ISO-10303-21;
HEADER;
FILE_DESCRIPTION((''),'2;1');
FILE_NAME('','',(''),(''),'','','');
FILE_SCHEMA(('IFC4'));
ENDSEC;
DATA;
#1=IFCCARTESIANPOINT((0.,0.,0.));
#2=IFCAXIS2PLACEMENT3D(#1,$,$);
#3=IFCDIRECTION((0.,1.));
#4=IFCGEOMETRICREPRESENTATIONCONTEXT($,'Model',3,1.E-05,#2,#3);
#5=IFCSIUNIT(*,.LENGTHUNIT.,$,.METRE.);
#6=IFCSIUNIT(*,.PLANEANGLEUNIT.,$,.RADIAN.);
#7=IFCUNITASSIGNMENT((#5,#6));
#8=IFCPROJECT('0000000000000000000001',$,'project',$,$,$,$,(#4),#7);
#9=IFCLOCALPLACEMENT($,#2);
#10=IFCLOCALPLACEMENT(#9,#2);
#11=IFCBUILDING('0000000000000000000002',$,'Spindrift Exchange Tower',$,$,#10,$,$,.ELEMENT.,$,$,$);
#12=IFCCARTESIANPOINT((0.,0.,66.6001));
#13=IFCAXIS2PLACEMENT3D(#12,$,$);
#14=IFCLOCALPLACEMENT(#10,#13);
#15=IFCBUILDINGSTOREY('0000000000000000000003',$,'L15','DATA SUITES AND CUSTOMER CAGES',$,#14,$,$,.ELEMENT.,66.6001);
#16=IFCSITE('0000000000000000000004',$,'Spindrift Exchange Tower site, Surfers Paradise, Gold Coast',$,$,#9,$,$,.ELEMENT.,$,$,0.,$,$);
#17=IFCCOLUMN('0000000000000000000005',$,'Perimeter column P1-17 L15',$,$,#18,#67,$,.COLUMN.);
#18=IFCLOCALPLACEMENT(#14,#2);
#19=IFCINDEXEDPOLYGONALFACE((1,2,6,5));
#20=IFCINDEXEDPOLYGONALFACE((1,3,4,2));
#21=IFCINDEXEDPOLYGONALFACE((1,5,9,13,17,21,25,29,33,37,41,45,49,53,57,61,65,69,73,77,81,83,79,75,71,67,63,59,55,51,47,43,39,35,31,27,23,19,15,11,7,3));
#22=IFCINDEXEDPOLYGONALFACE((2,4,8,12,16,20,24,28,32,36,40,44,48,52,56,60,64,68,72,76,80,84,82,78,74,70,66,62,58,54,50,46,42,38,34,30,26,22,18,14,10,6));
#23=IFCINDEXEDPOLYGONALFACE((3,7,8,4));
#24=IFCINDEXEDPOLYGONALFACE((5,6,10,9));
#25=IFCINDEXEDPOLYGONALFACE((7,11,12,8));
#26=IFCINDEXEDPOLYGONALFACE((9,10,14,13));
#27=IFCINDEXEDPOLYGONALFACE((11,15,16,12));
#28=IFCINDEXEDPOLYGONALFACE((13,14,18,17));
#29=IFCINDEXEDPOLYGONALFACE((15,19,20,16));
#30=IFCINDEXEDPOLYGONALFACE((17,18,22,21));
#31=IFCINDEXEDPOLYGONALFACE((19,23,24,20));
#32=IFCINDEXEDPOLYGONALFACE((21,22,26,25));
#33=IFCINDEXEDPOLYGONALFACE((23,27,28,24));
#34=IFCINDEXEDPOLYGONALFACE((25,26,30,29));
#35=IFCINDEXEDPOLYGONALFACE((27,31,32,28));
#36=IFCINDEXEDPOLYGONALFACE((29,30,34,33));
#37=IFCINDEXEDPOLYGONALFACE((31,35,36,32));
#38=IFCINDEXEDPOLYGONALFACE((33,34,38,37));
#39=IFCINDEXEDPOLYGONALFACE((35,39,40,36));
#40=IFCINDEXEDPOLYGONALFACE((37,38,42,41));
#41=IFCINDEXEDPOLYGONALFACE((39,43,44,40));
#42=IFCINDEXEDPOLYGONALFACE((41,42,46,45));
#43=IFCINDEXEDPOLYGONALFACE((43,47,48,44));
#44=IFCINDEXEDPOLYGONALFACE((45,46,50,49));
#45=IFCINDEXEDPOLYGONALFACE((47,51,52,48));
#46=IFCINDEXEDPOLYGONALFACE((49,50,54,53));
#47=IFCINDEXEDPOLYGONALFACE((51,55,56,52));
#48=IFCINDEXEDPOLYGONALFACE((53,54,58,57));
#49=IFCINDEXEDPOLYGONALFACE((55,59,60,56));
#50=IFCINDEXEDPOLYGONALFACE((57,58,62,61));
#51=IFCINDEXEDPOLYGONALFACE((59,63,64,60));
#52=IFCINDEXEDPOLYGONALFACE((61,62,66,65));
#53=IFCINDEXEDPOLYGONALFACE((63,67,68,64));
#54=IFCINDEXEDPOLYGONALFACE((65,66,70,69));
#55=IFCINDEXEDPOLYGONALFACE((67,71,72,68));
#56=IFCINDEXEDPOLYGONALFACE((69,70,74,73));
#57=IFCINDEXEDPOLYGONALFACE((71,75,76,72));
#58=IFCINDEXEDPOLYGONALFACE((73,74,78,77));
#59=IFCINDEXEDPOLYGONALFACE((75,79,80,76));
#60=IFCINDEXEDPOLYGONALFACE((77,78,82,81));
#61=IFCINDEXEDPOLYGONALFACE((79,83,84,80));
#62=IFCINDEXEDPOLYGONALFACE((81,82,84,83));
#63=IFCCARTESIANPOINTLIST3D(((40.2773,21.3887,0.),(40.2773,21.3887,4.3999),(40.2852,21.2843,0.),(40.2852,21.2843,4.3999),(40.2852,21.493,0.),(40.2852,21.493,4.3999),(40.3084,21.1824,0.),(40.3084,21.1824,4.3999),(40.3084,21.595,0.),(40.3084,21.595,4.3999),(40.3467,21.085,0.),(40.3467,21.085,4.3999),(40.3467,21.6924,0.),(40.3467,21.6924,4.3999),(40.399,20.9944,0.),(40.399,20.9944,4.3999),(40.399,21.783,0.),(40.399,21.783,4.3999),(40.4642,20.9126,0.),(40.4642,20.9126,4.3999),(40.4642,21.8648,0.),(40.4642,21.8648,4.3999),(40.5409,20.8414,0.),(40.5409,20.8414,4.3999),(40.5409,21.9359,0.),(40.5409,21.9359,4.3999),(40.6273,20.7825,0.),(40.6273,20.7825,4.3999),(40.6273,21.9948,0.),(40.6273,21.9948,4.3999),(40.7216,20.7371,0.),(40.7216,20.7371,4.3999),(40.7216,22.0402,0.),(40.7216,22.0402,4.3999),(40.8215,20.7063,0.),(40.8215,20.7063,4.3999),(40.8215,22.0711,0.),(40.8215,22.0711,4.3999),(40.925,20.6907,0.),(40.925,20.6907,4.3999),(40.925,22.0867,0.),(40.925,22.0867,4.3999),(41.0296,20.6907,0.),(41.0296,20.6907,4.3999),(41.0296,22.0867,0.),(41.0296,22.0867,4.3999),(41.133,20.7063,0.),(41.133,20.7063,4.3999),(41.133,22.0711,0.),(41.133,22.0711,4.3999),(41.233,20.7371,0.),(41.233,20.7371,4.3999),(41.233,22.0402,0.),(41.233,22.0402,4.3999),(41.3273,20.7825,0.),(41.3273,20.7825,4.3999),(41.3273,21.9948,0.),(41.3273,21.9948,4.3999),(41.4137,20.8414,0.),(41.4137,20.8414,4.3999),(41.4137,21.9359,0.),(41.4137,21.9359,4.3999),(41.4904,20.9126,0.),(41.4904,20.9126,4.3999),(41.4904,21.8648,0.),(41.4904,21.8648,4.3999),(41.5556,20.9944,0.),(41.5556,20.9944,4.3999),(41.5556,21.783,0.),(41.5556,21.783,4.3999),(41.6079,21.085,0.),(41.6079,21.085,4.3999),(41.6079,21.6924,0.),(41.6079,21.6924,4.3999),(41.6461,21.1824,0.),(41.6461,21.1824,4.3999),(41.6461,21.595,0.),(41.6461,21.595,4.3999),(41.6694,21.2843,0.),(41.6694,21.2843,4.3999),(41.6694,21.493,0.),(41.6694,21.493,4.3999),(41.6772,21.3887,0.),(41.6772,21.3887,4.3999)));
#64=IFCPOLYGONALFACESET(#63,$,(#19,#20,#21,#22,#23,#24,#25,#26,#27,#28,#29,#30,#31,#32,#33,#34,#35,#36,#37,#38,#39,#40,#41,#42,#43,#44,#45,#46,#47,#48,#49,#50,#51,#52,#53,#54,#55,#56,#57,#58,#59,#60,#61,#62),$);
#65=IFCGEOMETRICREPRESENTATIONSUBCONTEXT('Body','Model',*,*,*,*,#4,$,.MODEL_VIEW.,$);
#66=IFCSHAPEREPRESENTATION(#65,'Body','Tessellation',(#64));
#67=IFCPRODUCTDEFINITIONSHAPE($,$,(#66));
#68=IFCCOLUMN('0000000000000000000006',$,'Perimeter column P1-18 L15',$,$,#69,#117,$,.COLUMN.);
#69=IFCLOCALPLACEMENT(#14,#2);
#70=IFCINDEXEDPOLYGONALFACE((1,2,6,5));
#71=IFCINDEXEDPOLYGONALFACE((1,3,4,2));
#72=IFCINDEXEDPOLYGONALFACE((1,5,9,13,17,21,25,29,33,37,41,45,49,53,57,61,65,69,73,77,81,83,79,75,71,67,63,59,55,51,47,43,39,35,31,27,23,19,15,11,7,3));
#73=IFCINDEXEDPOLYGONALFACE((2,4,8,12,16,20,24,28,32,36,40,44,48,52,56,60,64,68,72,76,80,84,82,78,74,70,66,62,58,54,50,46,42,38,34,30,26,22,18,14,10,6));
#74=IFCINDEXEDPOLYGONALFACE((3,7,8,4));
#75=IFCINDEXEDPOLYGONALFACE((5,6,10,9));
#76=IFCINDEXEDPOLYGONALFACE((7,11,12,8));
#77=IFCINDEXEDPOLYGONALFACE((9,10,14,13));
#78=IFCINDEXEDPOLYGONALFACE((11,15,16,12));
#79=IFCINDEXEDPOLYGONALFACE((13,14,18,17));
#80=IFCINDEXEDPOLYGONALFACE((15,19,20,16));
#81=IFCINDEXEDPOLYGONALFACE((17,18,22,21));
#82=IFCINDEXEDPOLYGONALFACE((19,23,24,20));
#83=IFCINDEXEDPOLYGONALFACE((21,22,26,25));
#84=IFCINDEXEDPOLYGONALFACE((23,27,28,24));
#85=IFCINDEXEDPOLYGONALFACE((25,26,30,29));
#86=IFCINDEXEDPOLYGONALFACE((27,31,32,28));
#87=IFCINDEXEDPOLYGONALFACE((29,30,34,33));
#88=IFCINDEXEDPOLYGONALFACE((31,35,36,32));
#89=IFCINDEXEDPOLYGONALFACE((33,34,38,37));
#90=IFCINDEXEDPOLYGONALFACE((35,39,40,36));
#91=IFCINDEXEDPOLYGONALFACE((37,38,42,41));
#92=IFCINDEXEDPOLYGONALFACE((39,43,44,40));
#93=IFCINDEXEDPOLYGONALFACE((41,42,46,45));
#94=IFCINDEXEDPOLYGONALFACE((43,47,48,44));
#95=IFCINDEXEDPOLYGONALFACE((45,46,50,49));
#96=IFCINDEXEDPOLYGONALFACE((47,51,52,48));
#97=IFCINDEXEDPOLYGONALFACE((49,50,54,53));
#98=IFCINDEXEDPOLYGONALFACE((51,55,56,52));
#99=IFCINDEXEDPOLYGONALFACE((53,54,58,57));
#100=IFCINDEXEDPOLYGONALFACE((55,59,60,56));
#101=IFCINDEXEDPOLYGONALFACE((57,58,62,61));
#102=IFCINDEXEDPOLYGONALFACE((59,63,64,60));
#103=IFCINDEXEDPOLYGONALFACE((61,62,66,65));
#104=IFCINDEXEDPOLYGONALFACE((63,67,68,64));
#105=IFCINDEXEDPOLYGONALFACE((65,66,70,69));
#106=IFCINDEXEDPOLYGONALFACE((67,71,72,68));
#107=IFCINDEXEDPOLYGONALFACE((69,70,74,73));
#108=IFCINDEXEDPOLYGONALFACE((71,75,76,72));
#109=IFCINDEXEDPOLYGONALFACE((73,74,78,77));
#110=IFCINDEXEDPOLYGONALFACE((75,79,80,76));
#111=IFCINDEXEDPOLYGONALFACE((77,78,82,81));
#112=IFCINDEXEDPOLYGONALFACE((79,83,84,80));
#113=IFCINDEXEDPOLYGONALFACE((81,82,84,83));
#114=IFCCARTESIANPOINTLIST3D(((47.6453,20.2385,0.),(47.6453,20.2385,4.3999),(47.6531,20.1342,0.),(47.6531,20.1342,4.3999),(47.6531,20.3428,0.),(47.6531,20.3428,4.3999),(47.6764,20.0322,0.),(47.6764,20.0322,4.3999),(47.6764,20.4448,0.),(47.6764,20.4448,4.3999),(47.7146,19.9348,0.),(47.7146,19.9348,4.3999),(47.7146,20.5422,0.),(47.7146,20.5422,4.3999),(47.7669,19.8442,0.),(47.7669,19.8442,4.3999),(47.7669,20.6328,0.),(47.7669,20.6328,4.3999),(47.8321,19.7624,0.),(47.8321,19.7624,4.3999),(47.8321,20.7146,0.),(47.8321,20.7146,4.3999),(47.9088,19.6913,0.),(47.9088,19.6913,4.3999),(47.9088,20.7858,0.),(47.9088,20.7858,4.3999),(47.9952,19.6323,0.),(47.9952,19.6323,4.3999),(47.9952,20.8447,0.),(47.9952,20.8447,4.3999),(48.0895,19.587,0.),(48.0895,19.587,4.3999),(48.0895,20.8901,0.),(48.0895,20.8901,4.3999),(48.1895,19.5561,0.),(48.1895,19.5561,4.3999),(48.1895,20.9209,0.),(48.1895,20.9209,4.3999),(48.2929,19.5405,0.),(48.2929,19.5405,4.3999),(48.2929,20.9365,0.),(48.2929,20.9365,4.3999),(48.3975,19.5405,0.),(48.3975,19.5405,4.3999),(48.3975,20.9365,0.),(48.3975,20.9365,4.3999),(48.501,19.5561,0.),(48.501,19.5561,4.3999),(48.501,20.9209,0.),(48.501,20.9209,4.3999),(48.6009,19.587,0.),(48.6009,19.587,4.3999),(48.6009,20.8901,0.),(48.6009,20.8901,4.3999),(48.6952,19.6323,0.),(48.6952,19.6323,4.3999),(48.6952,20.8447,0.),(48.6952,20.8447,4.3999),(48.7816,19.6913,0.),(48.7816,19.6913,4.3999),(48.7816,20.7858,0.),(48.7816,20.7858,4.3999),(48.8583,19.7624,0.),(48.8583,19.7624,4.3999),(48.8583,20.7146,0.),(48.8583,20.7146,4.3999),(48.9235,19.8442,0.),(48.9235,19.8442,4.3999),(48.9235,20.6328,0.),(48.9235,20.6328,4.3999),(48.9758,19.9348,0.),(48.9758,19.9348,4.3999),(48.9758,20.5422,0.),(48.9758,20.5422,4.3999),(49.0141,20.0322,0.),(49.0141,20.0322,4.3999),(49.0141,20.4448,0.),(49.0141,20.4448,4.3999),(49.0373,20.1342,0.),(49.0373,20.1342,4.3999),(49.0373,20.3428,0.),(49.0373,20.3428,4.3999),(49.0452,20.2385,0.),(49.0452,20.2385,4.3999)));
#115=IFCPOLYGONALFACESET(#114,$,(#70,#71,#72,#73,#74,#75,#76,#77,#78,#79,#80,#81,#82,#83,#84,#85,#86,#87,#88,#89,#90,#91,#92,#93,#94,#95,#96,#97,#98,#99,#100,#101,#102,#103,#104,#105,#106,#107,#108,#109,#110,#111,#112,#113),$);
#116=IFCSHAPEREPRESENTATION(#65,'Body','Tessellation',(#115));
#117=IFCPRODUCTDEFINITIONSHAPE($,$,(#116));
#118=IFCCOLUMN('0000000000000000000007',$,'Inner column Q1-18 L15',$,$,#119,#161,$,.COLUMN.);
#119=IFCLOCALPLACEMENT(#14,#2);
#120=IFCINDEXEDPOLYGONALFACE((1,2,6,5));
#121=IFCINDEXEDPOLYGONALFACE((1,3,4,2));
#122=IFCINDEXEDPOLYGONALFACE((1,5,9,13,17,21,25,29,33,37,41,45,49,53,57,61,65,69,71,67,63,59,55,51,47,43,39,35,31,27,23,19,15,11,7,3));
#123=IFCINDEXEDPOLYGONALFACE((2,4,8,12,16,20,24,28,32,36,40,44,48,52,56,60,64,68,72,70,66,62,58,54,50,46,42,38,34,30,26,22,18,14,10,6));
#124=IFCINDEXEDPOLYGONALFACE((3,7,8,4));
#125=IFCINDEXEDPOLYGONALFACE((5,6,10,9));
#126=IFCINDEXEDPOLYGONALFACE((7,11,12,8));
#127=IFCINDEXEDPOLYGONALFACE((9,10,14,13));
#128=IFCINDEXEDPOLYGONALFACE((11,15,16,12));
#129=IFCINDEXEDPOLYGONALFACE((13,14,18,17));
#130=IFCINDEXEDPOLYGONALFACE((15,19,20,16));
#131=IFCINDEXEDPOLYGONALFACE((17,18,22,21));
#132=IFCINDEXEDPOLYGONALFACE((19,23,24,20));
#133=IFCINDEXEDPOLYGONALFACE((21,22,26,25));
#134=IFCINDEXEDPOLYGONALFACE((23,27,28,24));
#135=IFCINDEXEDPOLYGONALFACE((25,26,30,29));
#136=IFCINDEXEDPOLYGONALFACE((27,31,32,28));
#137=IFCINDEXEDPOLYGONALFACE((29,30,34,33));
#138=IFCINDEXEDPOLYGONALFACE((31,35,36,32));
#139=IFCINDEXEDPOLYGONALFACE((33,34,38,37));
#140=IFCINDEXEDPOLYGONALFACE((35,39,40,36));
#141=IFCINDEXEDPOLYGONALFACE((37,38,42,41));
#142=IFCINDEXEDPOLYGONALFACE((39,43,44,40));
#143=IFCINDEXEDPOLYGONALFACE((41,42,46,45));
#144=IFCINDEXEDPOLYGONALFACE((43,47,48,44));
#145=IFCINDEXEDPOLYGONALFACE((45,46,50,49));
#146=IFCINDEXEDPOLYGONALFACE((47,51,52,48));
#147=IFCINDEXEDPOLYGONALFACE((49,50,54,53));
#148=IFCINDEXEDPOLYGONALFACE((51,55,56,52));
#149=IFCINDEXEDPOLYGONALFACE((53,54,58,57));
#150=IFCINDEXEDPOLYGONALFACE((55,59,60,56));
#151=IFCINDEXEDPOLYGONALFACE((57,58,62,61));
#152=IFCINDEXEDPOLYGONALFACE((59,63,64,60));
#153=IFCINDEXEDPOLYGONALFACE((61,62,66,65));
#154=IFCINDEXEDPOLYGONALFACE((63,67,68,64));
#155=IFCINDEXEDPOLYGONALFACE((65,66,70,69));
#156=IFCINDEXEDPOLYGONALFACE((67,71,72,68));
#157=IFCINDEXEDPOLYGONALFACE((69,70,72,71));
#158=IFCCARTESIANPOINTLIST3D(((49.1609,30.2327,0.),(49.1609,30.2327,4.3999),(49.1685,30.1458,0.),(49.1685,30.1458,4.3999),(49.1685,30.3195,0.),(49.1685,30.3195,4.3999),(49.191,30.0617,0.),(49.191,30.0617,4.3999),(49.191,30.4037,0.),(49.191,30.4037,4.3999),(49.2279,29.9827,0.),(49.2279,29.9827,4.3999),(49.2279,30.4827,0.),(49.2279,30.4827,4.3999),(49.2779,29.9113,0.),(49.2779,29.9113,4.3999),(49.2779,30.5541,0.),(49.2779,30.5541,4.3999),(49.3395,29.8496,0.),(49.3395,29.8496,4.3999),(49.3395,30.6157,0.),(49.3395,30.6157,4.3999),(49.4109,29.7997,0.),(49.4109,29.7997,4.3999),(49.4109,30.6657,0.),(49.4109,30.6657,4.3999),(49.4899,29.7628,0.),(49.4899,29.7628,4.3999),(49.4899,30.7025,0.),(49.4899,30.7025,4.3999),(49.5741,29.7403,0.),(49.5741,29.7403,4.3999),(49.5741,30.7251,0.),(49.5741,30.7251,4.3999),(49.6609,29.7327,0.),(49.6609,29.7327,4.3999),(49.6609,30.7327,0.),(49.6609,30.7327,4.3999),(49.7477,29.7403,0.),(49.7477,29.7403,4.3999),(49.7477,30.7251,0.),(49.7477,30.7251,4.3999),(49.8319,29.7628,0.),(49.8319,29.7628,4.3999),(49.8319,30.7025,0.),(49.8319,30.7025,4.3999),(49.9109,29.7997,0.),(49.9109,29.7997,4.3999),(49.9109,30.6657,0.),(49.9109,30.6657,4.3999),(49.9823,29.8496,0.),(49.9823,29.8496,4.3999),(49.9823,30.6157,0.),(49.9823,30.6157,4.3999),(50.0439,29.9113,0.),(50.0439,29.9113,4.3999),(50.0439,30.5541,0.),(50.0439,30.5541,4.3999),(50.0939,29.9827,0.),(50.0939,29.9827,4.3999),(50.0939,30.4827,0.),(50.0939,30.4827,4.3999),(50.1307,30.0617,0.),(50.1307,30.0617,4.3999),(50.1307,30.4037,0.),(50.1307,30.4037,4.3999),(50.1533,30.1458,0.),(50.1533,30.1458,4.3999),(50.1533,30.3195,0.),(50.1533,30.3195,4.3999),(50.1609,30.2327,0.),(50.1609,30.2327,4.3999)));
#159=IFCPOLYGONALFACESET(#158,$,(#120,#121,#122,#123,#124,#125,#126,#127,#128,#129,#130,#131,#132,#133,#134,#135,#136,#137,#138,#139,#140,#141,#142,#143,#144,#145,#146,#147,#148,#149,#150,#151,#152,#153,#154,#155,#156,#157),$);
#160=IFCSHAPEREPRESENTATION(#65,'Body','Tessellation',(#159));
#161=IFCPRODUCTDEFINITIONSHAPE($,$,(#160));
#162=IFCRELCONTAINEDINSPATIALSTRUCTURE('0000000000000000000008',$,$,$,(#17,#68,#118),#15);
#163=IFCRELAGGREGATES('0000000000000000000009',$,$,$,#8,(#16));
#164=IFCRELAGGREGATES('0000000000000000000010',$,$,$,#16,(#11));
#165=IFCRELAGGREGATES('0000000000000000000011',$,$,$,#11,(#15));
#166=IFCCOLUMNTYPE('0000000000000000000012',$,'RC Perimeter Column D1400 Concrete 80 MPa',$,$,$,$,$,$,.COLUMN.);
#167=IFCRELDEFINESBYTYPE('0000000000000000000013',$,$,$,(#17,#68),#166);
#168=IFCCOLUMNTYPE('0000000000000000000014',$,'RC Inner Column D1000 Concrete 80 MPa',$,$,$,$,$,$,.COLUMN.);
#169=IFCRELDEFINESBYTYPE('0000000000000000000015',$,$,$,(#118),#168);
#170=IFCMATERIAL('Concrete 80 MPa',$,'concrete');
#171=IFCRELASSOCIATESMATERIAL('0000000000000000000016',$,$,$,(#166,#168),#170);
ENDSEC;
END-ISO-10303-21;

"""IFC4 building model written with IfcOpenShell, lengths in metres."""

from ifc_helpers import new_model, si_unit, direction, frame, origin, origin_2d, place, context, subcontext, project, spatial, circle, extrude, source, transform, mapped, material, material_profile, profile_set, type_object, element, save


model = new_model("IFC4")

# Units and contexts
model_context = context("Model", 3, precision=1e-05, world=origin(), true_north=direction((0.0, 1.0)))
body_context = subcontext(model_context, "Body", "Model", "MODEL_VIEW")
ifc_project = project(units=[si_unit("LENGTHUNIT", "METRE"), si_unit("PLANEANGLEUNIT", "RADIAN")], contexts=[model_context])

# Site, building, storey
site_placement = place(None, origin())
site = spatial("IfcSite", under=ifc_project, at=site_placement, Name="Spindrift Exchange Tower site, Surfers Paradise, Gold Coast", CompositionType="ELEMENT", RefElevation=0.0)
building_placement = place(site_placement, origin())
building = spatial("IfcBuilding", under=site, at=building_placement, Name="Spindrift Exchange Tower", CompositionType="ELEMENT")
storey_placement = place(building_placement, frame((0.0, 0.0, 66.6001)))
storey = spatial("IfcBuildingStorey", under=building, at=storey_placement, Name="L15", Description="DATA SUITES AND CUSTOMER CAGES", CompositionType="ELEMENT", Elevation=66.6001)

# Columns
ifc_material_1 = material(Name="Concrete 80 MPa", Category="concrete")
ifc_material_profile_1 = material_profile(ifc_material_1, circle(Radius=0.7, at=origin_2d()), Name="RC D1400")
ifc_profile_set_1 = profile_set([ifc_material_profile_1], Name="Concrete 80 MPa")
column_type_1 = type_object("IfcColumnType", Name="RC Perimeter Column D1400 Concrete 80 MPa", PredefinedType="COLUMN", material=ifc_profile_set_1)
shared_shape_1 = source(origin(), body_context, "Body", "SweptSolid", [
    extrude(circle(Radius=0.7, at=origin_2d()), origin(), (0.0, 0.0, 1.0), 4.3999),
])
for number, where, z_axis, x_axis, name in (
    (1, (40.9773, 21.3887, 0.0), (0.0, 0.0, 1.0), (1.0, 0.0, 0.0), "Perimeter column P1-17 L15"),
    (2, (48.3452, 20.2385, 0.0), (0.0, 0.0, 1.0), (1.0, 0.0, 0.0), "Perimeter column P1-18 L15"),
):
    element("IfcColumn", number, at=place(storey_placement, frame(where, z_axis=z_axis, x_axis=x_axis)), inside=storey, type_object=column_type_1, Name=name, PredefinedType="COLUMN", context=body_context, shape_type="MappedRepresentation", body=[
        mapped(shared_shape_1, transform((0.0, 0.0, 0.0), scale=1.0)),
    ])
ifc_material_profile_2 = material_profile(ifc_material_1, circle(Radius=0.5, at=origin_2d()), Name="RC D1000")
ifc_profile_set_2 = profile_set([ifc_material_profile_2], Name="Concrete 80 MPa")
column_type_2 = type_object("IfcColumnType", Name="RC Inner Column D1000 Concrete 80 MPa", PredefinedType="COLUMN", material=ifc_profile_set_2)
shared_shape_2 = source(origin(), body_context, "Body", "SweptSolid", [
    extrude(circle(Radius=0.5, at=origin_2d()), origin(), (0.0, 0.0, 1.0), 4.3999),
])
column_placement = place(storey_placement, frame((49.6609, 30.2327, 0.0), z_axis=(0.0, 0.0, 1.0), x_axis=(1.0, 0.0, 0.0)))
element("IfcColumn", 3, at=column_placement, inside=storey, type_object=column_type_2, Name="Inner column Q1-18 L15", PredefinedType="COLUMN", context=body_context, shape_type="MappedRepresentation", body=[
    mapped(shared_shape_2, transform((0.0, 0.0, 0.0), scale=1.0)),
])

save(model, "model.ifc")
